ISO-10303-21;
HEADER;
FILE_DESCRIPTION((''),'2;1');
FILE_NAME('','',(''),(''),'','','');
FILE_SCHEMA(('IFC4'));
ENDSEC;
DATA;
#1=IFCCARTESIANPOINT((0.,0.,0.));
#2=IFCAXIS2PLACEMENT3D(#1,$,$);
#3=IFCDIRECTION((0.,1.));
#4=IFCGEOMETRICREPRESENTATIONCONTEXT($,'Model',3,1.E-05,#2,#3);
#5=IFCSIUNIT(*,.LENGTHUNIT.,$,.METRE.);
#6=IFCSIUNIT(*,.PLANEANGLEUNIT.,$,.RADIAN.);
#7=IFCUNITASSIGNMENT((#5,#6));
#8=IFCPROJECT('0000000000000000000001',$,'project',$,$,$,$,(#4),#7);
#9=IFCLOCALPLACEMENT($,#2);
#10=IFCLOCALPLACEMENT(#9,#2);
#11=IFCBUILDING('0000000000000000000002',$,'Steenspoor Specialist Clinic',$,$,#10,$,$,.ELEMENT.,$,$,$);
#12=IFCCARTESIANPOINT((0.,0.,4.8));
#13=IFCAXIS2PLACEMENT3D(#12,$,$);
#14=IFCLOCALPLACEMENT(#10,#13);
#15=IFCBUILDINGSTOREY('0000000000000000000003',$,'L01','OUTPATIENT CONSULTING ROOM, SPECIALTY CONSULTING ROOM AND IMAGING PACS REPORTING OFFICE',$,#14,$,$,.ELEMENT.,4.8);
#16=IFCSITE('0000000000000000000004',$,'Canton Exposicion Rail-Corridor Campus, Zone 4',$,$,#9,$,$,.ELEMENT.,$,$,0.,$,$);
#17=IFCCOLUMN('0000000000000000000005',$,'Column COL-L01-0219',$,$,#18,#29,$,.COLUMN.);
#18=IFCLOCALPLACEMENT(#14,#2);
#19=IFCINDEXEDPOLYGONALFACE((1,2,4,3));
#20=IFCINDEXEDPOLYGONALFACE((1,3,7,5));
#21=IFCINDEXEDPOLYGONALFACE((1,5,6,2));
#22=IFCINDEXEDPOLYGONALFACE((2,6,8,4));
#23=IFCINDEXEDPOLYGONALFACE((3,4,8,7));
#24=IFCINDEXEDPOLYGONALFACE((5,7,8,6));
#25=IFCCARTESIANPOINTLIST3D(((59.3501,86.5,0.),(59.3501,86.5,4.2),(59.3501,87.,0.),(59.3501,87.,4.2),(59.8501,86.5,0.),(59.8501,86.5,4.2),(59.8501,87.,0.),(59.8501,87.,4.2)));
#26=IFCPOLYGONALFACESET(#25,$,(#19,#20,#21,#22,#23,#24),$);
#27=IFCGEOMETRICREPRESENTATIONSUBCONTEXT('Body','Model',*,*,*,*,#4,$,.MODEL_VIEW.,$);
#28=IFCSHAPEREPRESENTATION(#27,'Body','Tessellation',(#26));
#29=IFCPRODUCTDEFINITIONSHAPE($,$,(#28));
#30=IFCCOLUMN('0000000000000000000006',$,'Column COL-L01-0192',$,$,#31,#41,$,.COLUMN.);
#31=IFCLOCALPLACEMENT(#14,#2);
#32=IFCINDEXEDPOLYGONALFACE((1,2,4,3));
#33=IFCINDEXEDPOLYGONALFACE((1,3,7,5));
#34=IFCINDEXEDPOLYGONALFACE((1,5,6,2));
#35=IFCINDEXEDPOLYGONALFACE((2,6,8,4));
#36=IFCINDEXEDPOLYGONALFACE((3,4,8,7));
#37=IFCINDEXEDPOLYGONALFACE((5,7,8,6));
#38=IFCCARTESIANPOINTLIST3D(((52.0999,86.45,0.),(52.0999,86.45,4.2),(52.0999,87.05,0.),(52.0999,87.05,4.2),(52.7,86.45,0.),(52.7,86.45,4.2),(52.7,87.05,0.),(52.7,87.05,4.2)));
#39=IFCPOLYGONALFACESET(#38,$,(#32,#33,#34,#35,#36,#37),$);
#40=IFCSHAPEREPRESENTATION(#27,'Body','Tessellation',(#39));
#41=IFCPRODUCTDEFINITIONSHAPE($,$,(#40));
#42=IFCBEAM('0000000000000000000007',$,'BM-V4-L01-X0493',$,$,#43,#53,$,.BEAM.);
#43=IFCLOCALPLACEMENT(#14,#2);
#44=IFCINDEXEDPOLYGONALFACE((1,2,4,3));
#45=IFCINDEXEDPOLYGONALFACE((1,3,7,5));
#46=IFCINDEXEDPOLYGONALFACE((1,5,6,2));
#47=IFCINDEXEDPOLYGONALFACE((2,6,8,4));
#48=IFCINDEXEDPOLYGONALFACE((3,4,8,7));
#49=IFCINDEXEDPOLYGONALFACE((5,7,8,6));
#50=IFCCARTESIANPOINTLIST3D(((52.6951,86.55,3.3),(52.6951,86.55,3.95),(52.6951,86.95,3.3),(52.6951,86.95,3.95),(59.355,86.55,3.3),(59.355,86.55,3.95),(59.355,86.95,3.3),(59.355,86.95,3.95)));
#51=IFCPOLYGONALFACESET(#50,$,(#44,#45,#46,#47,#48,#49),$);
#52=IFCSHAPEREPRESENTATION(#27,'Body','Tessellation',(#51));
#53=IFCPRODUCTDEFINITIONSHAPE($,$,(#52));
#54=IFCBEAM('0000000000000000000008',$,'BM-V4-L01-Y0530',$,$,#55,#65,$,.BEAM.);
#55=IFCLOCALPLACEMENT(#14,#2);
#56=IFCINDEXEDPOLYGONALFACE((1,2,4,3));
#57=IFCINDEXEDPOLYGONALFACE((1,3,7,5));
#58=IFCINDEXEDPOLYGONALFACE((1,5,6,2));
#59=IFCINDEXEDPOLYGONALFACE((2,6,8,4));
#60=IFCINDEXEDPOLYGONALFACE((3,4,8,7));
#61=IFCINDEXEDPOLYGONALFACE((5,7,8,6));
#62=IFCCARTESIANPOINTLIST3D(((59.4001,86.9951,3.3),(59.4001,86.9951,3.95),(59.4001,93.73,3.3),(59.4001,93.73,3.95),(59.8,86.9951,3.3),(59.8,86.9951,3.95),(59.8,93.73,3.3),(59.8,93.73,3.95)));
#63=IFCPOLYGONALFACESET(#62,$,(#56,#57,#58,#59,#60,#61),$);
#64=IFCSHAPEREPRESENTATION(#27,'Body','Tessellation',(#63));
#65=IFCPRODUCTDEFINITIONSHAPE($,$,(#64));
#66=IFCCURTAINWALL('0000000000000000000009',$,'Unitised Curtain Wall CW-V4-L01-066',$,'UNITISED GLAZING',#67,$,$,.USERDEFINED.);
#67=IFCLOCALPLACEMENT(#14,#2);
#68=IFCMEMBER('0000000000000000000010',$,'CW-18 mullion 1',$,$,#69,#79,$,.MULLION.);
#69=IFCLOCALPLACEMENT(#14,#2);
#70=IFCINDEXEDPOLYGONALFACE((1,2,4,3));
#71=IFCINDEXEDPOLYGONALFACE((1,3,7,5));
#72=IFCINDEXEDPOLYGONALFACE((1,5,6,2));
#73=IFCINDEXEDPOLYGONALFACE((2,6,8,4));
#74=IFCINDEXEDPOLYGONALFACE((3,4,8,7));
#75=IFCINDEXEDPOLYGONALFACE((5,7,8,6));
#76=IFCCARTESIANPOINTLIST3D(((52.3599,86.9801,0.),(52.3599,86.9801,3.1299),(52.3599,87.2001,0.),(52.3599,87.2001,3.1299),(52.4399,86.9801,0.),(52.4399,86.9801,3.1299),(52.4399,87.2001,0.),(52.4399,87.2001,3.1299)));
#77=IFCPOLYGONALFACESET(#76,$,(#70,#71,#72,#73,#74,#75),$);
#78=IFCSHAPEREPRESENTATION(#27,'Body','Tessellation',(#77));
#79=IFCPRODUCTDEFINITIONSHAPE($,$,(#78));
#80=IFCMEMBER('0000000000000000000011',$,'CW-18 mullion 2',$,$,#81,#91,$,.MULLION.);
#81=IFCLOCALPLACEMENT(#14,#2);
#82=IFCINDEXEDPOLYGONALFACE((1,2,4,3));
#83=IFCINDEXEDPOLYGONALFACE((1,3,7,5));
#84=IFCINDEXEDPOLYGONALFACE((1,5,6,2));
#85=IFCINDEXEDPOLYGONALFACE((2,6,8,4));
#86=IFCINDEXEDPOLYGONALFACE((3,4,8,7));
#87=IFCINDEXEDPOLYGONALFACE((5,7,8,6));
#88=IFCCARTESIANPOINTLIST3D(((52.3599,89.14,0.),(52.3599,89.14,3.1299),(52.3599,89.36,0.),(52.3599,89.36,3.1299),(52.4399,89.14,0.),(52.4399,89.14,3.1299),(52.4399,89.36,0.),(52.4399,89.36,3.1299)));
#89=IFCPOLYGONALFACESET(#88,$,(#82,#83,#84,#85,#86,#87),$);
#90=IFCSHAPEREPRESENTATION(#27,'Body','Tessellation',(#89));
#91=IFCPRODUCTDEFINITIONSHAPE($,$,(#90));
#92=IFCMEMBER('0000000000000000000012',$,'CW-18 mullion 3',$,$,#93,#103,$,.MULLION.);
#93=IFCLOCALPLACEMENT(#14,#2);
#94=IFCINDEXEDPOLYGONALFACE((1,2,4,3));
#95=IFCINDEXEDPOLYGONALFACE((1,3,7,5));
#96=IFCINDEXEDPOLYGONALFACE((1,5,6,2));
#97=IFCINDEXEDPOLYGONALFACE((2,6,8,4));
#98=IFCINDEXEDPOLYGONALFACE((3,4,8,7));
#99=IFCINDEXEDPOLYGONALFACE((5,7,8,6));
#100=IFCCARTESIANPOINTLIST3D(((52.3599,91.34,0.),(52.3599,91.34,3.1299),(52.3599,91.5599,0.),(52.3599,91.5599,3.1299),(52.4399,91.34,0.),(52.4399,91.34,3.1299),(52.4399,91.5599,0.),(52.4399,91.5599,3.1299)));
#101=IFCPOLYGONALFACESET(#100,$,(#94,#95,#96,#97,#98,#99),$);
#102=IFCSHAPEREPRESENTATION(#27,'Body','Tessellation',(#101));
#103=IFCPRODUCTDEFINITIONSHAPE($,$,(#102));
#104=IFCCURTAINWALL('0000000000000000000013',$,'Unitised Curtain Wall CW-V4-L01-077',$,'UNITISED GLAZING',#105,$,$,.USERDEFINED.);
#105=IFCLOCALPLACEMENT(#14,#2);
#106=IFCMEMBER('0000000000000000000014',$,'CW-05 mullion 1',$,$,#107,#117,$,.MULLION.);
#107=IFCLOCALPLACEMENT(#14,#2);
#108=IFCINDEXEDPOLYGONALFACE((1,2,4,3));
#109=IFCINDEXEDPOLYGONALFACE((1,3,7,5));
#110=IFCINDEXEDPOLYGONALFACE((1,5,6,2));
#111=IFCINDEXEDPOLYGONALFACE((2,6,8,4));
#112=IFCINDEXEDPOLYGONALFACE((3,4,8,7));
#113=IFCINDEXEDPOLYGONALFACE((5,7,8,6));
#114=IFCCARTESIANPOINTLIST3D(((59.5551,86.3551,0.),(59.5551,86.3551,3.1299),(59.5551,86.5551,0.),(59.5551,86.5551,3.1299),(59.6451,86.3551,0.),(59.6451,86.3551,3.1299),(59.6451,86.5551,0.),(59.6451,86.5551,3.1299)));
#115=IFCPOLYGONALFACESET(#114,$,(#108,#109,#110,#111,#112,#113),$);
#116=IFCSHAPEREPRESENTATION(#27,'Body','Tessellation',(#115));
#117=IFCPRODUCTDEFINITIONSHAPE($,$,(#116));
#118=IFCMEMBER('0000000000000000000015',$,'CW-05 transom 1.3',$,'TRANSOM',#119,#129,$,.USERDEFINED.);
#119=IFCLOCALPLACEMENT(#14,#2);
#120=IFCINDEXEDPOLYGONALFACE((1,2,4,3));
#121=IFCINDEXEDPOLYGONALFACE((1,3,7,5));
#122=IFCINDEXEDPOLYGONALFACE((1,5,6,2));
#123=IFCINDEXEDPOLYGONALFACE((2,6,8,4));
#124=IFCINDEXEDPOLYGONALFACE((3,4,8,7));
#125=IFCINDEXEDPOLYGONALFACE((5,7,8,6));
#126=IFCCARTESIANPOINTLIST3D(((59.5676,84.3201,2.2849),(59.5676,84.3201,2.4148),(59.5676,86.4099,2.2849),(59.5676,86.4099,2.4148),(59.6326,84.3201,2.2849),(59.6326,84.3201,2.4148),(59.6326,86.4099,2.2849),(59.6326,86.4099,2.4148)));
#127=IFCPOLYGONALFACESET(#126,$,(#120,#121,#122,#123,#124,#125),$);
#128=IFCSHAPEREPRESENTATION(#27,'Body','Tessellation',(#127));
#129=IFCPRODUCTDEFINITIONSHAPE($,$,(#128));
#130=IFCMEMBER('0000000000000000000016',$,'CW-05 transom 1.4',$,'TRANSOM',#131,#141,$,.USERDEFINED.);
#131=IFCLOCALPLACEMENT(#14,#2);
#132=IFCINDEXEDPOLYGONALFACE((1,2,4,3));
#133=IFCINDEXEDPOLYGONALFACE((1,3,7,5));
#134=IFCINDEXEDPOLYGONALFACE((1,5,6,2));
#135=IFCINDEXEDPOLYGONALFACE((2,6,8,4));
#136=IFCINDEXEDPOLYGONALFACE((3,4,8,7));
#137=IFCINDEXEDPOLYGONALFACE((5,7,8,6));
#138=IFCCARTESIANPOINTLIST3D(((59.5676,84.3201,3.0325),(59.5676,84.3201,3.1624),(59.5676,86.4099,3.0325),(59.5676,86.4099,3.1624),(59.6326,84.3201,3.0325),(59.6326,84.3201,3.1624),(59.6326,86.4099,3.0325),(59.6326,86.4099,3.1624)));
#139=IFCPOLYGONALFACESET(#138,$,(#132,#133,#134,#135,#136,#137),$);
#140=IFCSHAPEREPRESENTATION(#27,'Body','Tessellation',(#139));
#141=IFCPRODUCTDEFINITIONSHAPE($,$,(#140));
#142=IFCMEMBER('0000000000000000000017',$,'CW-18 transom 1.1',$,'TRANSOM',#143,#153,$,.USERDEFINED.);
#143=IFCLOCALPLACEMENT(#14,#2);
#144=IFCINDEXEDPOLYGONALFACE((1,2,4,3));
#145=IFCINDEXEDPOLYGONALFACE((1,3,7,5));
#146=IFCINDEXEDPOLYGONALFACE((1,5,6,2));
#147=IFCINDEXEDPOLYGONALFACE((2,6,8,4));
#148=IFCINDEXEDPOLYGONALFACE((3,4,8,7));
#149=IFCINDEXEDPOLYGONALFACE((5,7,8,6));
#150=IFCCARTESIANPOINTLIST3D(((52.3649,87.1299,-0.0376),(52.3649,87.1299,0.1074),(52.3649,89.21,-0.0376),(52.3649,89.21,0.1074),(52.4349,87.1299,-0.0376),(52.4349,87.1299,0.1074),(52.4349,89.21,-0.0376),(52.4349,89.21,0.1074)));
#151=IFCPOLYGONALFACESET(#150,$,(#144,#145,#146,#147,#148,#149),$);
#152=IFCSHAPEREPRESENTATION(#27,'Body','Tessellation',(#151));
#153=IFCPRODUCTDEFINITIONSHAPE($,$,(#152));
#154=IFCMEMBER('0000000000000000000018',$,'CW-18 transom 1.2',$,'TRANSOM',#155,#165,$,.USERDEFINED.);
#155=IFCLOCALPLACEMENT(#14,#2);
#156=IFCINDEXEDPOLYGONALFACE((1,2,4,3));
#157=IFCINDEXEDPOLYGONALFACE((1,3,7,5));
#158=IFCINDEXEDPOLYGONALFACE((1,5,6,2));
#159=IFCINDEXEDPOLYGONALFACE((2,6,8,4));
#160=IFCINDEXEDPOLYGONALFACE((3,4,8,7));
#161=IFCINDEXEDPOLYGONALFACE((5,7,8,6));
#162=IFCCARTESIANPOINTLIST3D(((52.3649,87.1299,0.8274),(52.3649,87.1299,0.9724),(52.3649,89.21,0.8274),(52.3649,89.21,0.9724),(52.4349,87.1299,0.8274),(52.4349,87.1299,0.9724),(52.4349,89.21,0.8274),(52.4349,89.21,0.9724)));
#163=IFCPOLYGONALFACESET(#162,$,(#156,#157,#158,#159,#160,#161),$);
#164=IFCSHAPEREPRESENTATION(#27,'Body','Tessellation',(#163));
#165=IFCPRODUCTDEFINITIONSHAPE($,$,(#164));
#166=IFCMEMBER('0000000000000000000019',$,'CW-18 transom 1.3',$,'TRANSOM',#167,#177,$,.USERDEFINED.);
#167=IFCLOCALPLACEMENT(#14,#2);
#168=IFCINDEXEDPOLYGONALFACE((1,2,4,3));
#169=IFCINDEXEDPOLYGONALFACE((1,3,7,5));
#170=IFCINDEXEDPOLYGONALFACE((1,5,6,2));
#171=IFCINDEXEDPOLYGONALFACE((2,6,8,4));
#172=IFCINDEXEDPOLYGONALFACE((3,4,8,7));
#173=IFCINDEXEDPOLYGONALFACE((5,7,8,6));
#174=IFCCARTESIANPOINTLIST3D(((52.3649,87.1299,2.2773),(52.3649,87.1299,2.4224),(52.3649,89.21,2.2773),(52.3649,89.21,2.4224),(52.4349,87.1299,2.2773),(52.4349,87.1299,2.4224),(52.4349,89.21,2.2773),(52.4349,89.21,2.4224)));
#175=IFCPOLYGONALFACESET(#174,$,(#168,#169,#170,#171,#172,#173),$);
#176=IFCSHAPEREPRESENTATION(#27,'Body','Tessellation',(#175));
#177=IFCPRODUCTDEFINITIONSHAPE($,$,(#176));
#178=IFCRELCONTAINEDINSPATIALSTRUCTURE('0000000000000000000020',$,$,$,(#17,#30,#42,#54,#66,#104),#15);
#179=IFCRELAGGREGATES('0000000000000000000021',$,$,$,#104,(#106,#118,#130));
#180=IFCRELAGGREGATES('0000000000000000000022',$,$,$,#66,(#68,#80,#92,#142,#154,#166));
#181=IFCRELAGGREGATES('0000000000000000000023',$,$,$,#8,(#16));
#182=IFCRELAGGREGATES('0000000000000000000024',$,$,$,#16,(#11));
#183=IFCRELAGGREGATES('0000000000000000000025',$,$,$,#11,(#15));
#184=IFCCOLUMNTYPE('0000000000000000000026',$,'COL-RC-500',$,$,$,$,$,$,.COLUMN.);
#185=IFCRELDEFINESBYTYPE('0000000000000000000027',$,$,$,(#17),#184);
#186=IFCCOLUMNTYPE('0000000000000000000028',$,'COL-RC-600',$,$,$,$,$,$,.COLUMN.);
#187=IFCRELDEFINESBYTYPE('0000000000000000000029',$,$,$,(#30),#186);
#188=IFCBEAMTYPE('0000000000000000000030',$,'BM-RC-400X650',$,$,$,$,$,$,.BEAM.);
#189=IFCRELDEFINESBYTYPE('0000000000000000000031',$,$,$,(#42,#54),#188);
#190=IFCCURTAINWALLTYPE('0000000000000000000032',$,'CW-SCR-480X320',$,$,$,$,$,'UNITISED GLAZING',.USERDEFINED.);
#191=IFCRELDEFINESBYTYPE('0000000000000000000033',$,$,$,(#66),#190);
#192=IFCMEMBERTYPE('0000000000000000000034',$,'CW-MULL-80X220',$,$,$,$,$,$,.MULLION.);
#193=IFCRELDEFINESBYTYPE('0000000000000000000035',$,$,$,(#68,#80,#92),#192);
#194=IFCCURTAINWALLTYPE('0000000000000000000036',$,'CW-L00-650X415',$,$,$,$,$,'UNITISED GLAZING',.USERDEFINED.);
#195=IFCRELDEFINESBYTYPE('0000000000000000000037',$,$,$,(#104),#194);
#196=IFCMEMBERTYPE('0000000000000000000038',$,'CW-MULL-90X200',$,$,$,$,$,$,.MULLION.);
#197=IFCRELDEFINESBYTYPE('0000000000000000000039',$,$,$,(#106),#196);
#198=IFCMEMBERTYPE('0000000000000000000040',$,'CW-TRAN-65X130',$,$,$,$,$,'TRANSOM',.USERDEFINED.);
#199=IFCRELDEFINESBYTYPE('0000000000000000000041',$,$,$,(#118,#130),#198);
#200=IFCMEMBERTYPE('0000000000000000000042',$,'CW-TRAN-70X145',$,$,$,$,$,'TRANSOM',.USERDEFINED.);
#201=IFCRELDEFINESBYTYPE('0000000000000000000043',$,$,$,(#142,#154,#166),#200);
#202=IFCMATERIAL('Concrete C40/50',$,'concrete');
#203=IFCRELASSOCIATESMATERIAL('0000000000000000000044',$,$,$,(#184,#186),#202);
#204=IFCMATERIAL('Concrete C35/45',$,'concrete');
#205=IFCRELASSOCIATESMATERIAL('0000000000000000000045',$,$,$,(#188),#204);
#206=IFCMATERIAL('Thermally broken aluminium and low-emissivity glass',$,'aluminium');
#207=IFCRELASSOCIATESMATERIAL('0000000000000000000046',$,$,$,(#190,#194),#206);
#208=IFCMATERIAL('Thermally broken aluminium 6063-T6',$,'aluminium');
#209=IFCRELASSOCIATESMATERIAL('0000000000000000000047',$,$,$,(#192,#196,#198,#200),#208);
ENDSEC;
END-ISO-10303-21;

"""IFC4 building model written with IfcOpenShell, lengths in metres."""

from ifc_helpers import new_model, si_unit, direction, frame, origin, origin_2d, place, context, subcontext, project, spatial, rectangle, extrude, material, material_profile, profile_set, type_object, element, aggregate, save


model = new_model("IFC4")

# Units and contexts
model_context = context("Model", 3, precision=1e-05, world=origin(), true_north=direction((0.0, 1.0)))
body_context = subcontext(model_context, "Body", "Model", "MODEL_VIEW")
ifc_project = project(units=[si_unit("LENGTHUNIT", "METRE"), si_unit("PLANEANGLEUNIT", "RADIAN")], contexts=[model_context])

# Site, building, storey
site_placement = place(None, origin())
site = spatial("IfcSite", under=ifc_project, at=site_placement, Name="Canton Exposicion Rail-Corridor Campus, Zone 4", CompositionType="ELEMENT", RefElevation=0.0)
building_placement = place(site_placement, origin())
building = spatial("IfcBuilding", under=site, at=building_placement, Name="Steenspoor Specialist Clinic", CompositionType="ELEMENT")
storey_placement = place(building_placement, frame((0.0, 0.0, 4.8)))
storey = spatial("IfcBuildingStorey", under=building, at=storey_placement, Name="L01", Description="OUTPATIENT CONSULTING ROOM, SPECIALTY CONSULTING ROOM AND IMAGING PACS REPORTING OFFICE", CompositionType="ELEMENT", Elevation=4.8)

# Columns
ifc_material_1 = material(Name="Concrete C40/50", Category="concrete")
ifc_material_profile_1 = material_profile(ifc_material_1, rectangle(XDim=0.5, YDim=0.5, at=origin_2d()), Name="RC-COL-500X500")
ifc_profile_set_1 = profile_set([ifc_material_profile_1], Name="Concrete C40/50")
column_type_1 = type_object("IfcColumnType", Name="COL-RC-500", PredefinedType="COLUMN", material=ifc_profile_set_1)
column_1_placement = place(storey_placement, frame((59.6001, 86.75, 0.0), z_axis=(0.0, 0.0, 1.0), x_axis=(1.0, 0.0, 0.0)))
element("IfcColumn", 1, at=column_1_placement, inside=storey, type_object=column_type_1, Name="Column COL-L01-0219", PredefinedType="COLUMN", context=body_context, shape_type="SweptSolid", body=[
    extrude(rectangle(XDim=0.5, YDim=0.5, at=origin_2d()), origin(), (0.0, 0.0, 1.0), 4.2),
])
ifc_material_profile_2 = material_profile(ifc_material_1, rectangle(XDim=0.6001, YDim=0.6001, at=origin_2d()), Name="RC-COL-600X600")
ifc_profile_set_2 = profile_set([ifc_material_profile_2], Name="Concrete C40/50")
column_type_2 = type_object("IfcColumnType", Name="COL-RC-600", PredefinedType="COLUMN", material=ifc_profile_set_2)
column_2_placement = place(storey_placement, frame((52.3999, 86.75, 0.0), z_axis=(0.0, 0.0, 1.0), x_axis=(1.0, 0.0, 0.0)))
element("IfcColumn", 2, at=column_2_placement, inside=storey, type_object=column_type_2, Name="Column COL-L01-0192", PredefinedType="COLUMN", context=body_context, shape_type="SweptSolid", body=[
    extrude(rectangle(XDim=0.6001, YDim=0.6001, at=origin_2d()), origin(), (0.0, 0.0, 1.0), 4.2),
])

# Beams
ifc_material_2 = material(Name="Concrete C35/45", Category="concrete")
ifc_material_profile_3 = material_profile(ifc_material_2, rectangle(XDim=0.3999, YDim=0.6499, at=origin_2d()), Name="RC-BM-400X650")
ifc_profile_set_3 = profile_set([ifc_material_profile_3], Name="Concrete C35/45")
beam_type_1 = type_object("IfcBeamType", Name="BM-RC-400X650", PredefinedType="BEAM", material=ifc_profile_set_3)
beam_1_placement = place(storey_placement, frame((52.6951, 86.75, 3.625), z_axis=(1.0, 0.0, 0.0), x_axis=(0.0, 1.0, 0.0)))
element("IfcBeam", 3, at=beam_1_placement, inside=storey, type_object=beam_type_1, Name="BM-V4-L01-X0493", PredefinedType="BEAM", context=body_context, shape_type="SweptSolid", body=[
    extrude(rectangle(XDim=0.3999, YDim=0.6499, at=origin_2d()), origin(), (0.0, 0.0, 1.0), 6.6599),
])
beam_2_placement = place(storey_placement, frame((59.6001, 86.9951, 3.625), z_axis=(0.0, 1.0, 0.0), x_axis=(-1.0, 0.0, 0.0)))
element("IfcBeam", 4, at=beam_2_placement, inside=storey, type_object=beam_type_1, Name="BM-V4-L01-Y0530", PredefinedType="BEAM", context=body_context, shape_type="SweptSolid", body=[
    extrude(rectangle(XDim=0.3999, YDim=0.6499, at=origin_2d()), origin(), (0.0, 0.0, 1.0), 6.7349),
])

# Curtain walls, members
ifc_material_3 = material(Name="Thermally broken aluminium and low-emissivity glass", Category="aluminium")
curtain_wall_type_1 = type_object("IfcCurtainWallType", Name="CW-SCR-480X320", ElementType="UNITISED GLAZING", PredefinedType="USERDEFINED", material=ifc_material_3)
curtain_wall_1_placement = place(storey_placement, origin())
curtain_wall_1 = element("IfcCurtainWall", 5, at=curtain_wall_1_placement, inside=storey, type_object=curtain_wall_type_1, Name="Unitised Curtain Wall CW-V4-L01-066", ObjectType="UNITISED GLAZING", PredefinedType="USERDEFINED")
ifc_material_4 = material(Name="Thermally broken aluminium 6063-T6", Category="aluminium")
ifc_material_profile_4 = material_profile(ifc_material_4, rectangle(XDim=0.0801, YDim=0.22, at=origin_2d()), Name="CWM-80X220")
ifc_profile_set_4 = profile_set([ifc_material_profile_4], Name="Thermally broken aluminium 6063-T6")
member_type_1 = type_object("IfcMemberType", Name="CW-MULL-80X220", PredefinedType="MULLION", material=ifc_profile_set_4)
member_1_placement = place(storey_placement, frame((52.3999, 87.0901, 0.0), z_axis=(0.0, 0.0, 1.0), x_axis=(-1.0, 0.0, 0.0)))
member_1 = element("IfcMember", 6, at=member_1_placement, type_object=member_type_1, Name="CW-18 mullion 1", PredefinedType="MULLION", context=body_context, shape_type="SweptSolid", body=[
    extrude(rectangle(XDim=0.0801, YDim=0.22, at=origin_2d()), origin(), (0.0, 0.0, 1.0), 3.1299),
])
member_2_placement = place(storey_placement, frame((52.3999, 89.25, 0.0), z_axis=(0.0, 0.0, 1.0), x_axis=(-1.0, 0.0, 0.0)))
member_2 = element("IfcMember", 7, at=member_2_placement, type_object=member_type_1, Name="CW-18 mullion 2", PredefinedType="MULLION", context=body_context, shape_type="SweptSolid", body=[
    extrude(rectangle(XDim=0.0801, YDim=0.22, at=origin_2d()), origin(), (0.0, 0.0, 1.0), 3.1299),
])
member_3_placement = place(storey_placement, frame((52.3999, 91.45, 0.0), z_axis=(0.0, 0.0, 1.0), x_axis=(-1.0, 0.0, 0.0)))
member_3 = element("IfcMember", 8, at=member_3_placement, type_object=member_type_1, Name="CW-18 mullion 3", PredefinedType="MULLION", context=body_context, shape_type="SweptSolid", body=[
    extrude(rectangle(XDim=0.0801, YDim=0.22, at=origin_2d()), origin(), (0.0, 0.0, 1.0), 3.1299),
])
curtain_wall_type_2 = type_object("IfcCurtainWallType", Name="CW-L00-650X415", ElementType="UNITISED GLAZING", PredefinedType="USERDEFINED", material=ifc_material_3)
curtain_wall_2_placement = place(storey_placement, origin())
curtain_wall_2 = element("IfcCurtainWall", 9, at=curtain_wall_2_placement, inside=storey, type_object=curtain_wall_type_2, Name="Unitised Curtain Wall CW-V4-L01-077", ObjectType="UNITISED GLAZING", PredefinedType="USERDEFINED")
ifc_material_profile_5 = material_profile(ifc_material_4, rectangle(XDim=0.0901, YDim=0.2, at=origin_2d()), Name="CWM-90X200")
ifc_profile_set_5 = profile_set([ifc_material_profile_5], Name="Thermally broken aluminium 6063-T6")
member_type_2 = type_object("IfcMemberType", Name="CW-MULL-90X200", PredefinedType="MULLION", material=ifc_profile_set_5)
member_4_placement = place(storey_placement, frame((59.6001, 86.4551, 0.0), z_axis=(0.0, 0.0, 1.0), x_axis=(1.0, 0.0, 0.0)))
member_4 = element("IfcMember", 10, at=member_4_placement, type_object=member_type_2, Name="CW-05 mullion 1", PredefinedType="MULLION", context=body_context, shape_type="SweptSolid", body=[
    extrude(rectangle(XDim=0.0901, YDim=0.2, at=origin_2d()), origin(), (0.0, 0.0, 1.0), 3.1299),
])
ifc_material_profile_6 = material_profile(ifc_material_4, rectangle(XDim=0.0649, YDim=0.1299, at=origin_2d()), Name="CWT-65X130")
ifc_profile_set_6 = profile_set([ifc_material_profile_6], Name="Thermally broken aluminium 6063-T6")
member_type_3 = type_object("IfcMemberType", Name="CW-TRAN-65X130", ElementType="TRANSOM", PredefinedType="USERDEFINED", material=ifc_profile_set_6)
member_5_placement = place(storey_placement, frame((59.6001, 86.4099, 2.3499), z_axis=(0.0, -1.0, 0.0), x_axis=(1.0, 0.0, 0.0)))
member_5 = element("IfcMember", 11, at=member_5_placement, type_object=member_type_3, Name="CW-05 transom 1.3", ObjectType="TRANSOM", PredefinedType="USERDEFINED", context=body_context, shape_type="SweptSolid", body=[
    extrude(rectangle(XDim=0.0649, YDim=0.1299, at=origin_2d()), origin(), (0.0, 0.0, 1.0), 2.0898),
])
member_6_placement = place(storey_placement, frame((59.6001, 86.4099, 3.0974), z_axis=(0.0, -1.0, 0.0), x_axis=(1.0, 0.0, 0.0)))
member_6 = element("IfcMember", 12, at=member_6_placement, type_object=member_type_3, Name="CW-05 transom 1.4", ObjectType="TRANSOM", PredefinedType="USERDEFINED", context=body_context, shape_type="SweptSolid", body=[
    extrude(rectangle(XDim=0.0649, YDim=0.1299, at=origin_2d()), origin(), (0.0, 0.0, 1.0), 2.0898),
])
aggregate(curtain_wall_2, [member_4, member_5, member_6])

# Members
ifc_material_profile_7 = material_profile(ifc_material_4, rectangle(XDim=0.0701, YDim=0.145, at=origin_2d()), Name="CWT-70X145")
ifc_profile_set_7 = profile_set([ifc_material_profile_7], Name="Thermally broken aluminium 6063-T6")
member_type_4 = type_object("IfcMemberType", Name="CW-TRAN-70X145", ElementType="TRANSOM", PredefinedType="USERDEFINED", material=ifc_profile_set_7)
member_7_placement = place(storey_placement, frame((52.3999, 87.1299, 0.0349), z_axis=(0.0, 1.0, 0.0), x_axis=(-1.0, 0.0, 0.0)))
member_7 = element("IfcMember", 13, at=member_7_placement, type_object=member_type_4, Name="CW-18 transom 1.1", ObjectType="TRANSOM", PredefinedType="USERDEFINED", context=body_context, shape_type="SweptSolid", body=[
    extrude(rectangle(XDim=0.0701, YDim=0.145, at=origin_2d()), origin(), (0.0, 0.0, 1.0), 2.0801),
])
member_8_placement = place(storey_placement, frame((52.3999, 87.1299, 0.8999), z_axis=(0.0, 1.0, 0.0), x_axis=(-1.0, 0.0, 0.0)))
member_8 = element("IfcMember", 14, at=member_8_placement, type_object=member_type_4, Name="CW-18 transom 1.2", ObjectType="TRANSOM", PredefinedType="USERDEFINED", context=body_context, shape_type="SweptSolid", body=[
    extrude(rectangle(XDim=0.0701, YDim=0.145, at=origin_2d()), origin(), (0.0, 0.0, 1.0), 2.0801),
])
member_9_placement = place(storey_placement, frame((52.3999, 87.1299, 2.3499), z_axis=(0.0, 1.0, 0.0), x_axis=(-1.0, 0.0, 0.0)))
member_9 = element("IfcMember", 15, at=member_9_placement, type_object=member_type_4, Name="CW-18 transom 1.3", ObjectType="TRANSOM", PredefinedType="USERDEFINED", context=body_context, shape_type="SweptSolid", body=[
    extrude(rectangle(XDim=0.0701, YDim=0.145, at=origin_2d()), origin(), (0.0, 0.0, 1.0), 2.0801),
])

aggregate(curtain_wall_1, [member_1, member_2, member_3, member_7, member_8, member_9])

save(model, "model.ifc")
